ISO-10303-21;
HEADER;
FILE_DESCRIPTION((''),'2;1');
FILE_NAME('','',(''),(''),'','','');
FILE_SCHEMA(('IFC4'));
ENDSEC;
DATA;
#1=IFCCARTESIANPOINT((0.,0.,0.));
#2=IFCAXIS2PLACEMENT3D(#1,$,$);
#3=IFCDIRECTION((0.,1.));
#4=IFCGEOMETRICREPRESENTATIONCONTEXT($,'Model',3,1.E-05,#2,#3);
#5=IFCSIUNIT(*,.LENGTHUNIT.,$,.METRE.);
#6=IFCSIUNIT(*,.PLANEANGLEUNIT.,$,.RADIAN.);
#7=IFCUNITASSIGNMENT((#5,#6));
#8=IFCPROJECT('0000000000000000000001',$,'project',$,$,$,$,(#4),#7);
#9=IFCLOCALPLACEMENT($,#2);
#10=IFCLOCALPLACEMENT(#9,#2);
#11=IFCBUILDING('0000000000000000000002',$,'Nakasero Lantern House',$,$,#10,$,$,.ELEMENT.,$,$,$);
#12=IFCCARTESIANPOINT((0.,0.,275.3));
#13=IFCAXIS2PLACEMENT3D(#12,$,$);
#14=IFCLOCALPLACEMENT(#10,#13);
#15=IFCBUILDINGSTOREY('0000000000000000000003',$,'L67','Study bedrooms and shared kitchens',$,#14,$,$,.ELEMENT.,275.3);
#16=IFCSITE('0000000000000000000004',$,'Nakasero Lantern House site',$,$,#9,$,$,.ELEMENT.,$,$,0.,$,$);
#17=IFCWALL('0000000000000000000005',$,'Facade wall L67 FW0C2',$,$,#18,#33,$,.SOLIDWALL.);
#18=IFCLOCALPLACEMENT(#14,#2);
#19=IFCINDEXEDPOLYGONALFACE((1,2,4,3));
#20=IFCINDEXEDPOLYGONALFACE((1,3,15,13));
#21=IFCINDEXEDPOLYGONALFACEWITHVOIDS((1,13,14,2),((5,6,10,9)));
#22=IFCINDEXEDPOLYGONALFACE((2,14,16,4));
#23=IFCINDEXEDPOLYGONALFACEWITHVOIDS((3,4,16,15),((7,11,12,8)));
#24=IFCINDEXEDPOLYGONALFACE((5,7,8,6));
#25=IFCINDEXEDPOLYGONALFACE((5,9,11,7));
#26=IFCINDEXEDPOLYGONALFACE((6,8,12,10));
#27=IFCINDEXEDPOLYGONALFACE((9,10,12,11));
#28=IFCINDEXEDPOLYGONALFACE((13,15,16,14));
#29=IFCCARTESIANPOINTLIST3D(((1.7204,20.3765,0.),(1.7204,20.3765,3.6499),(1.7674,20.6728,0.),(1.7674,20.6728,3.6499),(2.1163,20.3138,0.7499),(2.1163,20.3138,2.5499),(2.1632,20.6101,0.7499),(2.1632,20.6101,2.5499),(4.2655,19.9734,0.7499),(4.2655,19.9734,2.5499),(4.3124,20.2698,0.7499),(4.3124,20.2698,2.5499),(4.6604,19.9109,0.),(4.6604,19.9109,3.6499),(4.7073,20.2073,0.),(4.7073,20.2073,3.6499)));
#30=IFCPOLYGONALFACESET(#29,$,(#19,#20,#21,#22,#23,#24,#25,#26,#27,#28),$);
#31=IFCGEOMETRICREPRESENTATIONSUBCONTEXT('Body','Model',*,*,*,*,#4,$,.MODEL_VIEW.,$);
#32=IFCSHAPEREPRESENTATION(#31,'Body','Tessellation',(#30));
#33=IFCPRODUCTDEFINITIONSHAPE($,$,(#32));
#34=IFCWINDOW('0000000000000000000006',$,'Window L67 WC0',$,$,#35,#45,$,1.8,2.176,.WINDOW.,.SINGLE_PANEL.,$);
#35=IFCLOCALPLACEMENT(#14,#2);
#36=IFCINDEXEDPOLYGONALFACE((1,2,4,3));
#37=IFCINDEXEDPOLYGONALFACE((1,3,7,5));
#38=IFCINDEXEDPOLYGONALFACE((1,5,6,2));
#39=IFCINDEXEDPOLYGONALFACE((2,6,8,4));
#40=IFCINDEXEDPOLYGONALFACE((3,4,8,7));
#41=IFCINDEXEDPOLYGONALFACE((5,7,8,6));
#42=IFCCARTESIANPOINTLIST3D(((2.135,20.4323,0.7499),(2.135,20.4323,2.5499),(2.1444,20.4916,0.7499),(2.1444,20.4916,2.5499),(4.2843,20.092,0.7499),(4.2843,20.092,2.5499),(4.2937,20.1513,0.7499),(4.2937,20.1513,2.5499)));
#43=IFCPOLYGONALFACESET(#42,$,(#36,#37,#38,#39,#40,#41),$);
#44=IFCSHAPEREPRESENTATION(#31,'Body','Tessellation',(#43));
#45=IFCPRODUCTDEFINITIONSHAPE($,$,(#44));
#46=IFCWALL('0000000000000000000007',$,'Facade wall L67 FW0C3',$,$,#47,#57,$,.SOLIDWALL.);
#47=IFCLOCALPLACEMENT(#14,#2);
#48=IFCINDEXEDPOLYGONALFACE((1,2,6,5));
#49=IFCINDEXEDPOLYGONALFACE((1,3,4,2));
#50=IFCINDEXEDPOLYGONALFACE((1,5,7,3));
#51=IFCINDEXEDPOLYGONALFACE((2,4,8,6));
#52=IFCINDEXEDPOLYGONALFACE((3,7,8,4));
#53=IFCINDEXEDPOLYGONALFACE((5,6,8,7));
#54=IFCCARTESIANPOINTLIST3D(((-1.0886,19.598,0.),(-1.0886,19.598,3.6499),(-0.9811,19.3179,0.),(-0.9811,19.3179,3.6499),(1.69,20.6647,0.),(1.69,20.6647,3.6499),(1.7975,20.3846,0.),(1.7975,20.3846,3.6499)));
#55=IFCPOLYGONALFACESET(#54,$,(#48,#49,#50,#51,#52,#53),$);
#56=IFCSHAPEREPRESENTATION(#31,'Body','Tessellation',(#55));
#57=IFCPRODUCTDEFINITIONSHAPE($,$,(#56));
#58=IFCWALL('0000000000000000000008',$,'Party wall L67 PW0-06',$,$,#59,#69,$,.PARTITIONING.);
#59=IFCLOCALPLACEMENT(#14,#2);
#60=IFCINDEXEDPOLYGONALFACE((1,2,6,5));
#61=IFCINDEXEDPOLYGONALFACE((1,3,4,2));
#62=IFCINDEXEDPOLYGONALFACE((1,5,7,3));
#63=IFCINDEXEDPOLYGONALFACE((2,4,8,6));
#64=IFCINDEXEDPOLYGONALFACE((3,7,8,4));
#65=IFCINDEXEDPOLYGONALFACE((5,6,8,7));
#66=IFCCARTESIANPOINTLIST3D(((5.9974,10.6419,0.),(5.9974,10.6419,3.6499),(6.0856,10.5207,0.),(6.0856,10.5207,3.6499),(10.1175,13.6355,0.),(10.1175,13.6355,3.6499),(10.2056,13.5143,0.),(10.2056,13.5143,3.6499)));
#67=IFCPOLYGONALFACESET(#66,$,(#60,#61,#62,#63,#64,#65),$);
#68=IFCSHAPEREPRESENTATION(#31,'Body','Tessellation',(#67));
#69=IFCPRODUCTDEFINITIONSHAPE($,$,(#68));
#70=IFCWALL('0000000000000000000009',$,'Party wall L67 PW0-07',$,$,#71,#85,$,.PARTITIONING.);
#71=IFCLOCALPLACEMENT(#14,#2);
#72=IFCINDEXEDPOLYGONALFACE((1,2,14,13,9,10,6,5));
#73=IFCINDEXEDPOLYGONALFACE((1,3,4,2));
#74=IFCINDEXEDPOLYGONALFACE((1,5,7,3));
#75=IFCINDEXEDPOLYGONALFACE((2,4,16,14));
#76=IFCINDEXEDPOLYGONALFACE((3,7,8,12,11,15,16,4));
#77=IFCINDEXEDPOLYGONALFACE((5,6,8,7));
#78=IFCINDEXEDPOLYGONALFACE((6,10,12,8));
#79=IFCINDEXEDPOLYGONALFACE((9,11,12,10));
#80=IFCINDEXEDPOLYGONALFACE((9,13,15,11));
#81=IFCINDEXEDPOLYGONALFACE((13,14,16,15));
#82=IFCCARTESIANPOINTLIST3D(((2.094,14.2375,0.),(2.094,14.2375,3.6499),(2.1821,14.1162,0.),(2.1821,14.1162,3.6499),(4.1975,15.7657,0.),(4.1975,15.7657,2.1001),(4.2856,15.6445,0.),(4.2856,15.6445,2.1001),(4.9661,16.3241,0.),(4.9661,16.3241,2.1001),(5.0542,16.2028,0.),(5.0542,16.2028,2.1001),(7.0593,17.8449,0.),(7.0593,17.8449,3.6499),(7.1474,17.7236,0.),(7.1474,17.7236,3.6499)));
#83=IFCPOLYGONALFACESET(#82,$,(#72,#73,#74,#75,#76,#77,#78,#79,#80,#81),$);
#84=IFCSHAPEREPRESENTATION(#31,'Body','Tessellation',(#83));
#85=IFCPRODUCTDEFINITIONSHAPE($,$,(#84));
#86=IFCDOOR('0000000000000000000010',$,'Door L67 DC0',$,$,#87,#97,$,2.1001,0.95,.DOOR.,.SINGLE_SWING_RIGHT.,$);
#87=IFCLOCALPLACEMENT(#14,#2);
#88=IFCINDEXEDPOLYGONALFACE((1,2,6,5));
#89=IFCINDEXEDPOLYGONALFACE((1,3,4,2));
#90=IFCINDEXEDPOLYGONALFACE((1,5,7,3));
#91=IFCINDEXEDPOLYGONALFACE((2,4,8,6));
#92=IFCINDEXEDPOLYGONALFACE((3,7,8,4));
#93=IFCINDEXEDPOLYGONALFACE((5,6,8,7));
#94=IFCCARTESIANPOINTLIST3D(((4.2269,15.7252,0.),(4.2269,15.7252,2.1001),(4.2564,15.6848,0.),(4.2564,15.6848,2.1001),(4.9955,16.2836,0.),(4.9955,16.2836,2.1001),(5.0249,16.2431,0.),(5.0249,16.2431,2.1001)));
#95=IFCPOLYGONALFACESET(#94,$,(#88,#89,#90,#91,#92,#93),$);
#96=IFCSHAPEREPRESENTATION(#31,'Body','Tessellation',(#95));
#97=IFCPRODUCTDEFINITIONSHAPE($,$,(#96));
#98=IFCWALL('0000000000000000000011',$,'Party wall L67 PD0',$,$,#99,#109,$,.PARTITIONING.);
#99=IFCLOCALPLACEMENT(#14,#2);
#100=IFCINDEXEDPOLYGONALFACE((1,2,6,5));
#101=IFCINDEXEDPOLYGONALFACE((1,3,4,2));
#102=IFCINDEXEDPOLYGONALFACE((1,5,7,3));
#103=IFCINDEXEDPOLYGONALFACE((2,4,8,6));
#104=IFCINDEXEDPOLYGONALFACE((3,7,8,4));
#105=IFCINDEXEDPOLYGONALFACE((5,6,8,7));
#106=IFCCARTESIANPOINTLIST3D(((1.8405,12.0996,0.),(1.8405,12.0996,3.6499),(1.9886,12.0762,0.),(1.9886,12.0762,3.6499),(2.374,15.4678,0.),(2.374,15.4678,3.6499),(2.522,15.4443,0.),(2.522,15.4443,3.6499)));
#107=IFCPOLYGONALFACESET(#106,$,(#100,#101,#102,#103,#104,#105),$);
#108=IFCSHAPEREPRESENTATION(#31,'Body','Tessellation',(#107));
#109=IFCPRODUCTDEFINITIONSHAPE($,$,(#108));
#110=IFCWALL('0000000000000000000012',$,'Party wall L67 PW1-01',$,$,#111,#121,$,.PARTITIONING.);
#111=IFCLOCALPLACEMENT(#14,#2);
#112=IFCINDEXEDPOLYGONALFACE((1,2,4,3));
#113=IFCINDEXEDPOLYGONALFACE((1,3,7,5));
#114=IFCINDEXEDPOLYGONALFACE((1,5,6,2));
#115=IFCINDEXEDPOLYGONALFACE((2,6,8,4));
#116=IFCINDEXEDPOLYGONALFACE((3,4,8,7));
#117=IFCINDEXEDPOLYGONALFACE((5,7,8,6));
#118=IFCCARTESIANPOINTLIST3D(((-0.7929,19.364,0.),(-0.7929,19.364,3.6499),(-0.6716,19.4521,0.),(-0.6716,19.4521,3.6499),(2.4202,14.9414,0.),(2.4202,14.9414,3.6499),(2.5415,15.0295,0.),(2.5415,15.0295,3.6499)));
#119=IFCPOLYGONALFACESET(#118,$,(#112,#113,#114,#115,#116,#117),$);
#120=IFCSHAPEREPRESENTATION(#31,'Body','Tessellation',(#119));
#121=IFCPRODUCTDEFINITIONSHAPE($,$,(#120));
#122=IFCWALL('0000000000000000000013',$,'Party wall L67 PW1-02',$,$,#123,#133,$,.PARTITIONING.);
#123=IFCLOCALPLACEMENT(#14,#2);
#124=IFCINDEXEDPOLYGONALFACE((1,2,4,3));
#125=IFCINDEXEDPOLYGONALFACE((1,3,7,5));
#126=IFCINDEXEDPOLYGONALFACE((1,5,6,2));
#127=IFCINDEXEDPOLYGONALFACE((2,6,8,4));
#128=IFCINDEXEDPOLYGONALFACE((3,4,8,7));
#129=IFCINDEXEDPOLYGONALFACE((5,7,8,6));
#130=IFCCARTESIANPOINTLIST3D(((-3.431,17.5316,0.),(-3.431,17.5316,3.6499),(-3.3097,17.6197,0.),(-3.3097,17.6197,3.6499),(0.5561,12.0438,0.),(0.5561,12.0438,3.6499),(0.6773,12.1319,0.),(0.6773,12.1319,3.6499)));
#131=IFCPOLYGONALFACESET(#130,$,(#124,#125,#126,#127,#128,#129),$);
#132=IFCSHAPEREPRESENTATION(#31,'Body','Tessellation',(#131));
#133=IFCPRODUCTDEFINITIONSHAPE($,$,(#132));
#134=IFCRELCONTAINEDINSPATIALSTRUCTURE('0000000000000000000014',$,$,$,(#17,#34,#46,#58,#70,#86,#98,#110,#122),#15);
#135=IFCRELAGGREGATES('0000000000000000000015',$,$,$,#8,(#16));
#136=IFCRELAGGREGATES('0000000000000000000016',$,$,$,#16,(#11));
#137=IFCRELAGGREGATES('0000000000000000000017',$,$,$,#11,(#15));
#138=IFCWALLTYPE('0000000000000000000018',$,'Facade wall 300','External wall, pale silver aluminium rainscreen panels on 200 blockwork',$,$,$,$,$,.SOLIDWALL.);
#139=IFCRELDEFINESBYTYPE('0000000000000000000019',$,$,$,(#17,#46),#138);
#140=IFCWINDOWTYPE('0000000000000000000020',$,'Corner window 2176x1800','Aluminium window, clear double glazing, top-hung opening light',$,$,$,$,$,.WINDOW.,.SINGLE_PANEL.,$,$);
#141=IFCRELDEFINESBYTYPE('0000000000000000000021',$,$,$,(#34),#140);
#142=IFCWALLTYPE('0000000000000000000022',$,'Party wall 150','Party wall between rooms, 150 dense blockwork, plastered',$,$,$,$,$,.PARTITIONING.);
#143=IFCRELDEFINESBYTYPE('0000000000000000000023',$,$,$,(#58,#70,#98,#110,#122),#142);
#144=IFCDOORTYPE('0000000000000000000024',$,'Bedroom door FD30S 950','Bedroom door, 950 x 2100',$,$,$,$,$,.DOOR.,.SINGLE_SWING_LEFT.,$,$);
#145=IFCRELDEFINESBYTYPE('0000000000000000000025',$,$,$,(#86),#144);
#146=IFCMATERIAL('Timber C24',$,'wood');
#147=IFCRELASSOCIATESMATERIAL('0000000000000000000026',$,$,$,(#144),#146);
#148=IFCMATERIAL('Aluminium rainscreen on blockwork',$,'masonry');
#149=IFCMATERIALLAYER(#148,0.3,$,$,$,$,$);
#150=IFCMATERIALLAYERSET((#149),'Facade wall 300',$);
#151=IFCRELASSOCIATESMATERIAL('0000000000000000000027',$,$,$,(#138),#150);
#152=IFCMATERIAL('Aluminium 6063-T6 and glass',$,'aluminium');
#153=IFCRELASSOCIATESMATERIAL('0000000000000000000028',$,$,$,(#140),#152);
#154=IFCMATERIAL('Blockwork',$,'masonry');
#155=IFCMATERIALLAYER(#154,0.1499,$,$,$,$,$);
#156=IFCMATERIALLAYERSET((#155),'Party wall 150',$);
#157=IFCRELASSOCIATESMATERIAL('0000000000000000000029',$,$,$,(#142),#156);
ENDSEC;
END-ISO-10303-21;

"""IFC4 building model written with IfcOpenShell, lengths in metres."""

from ifc_helpers import new_model, si_unit, direction, frame, frame_2d, origin, place, context, subcontext, project, spatial, rectangle, extrude, material, layer, layer_set, type_object, element, fill, save


model = new_model("IFC4")

# Units and contexts
model_context = context("Model", 3, precision=1e-05, world=origin(), true_north=direction((0.0, 1.0)))
body_context = subcontext(model_context, "Body", "Model", "MODEL_VIEW")
ifc_project = project(units=[si_unit("LENGTHUNIT", "METRE"), si_unit("PLANEANGLEUNIT", "RADIAN")], contexts=[model_context])

# Site, building, storey
site_placement = place(None, origin())
site = spatial("IfcSite", under=ifc_project, at=site_placement, Name="Nakasero Lantern House site", CompositionType="ELEMENT", RefElevation=0.0)
building_placement = place(site_placement, origin())
building = spatial("IfcBuilding", under=site, at=building_placement, Name="Nakasero Lantern House", CompositionType="ELEMENT")
storey_placement = place(building_placement, frame((0.0, 0.0, 275.3)))
storey = spatial("IfcBuildingStorey", under=building, at=storey_placement, Name="L67", Description="Study bedrooms and shared kitchens", CompositionType="ELEMENT", Elevation=275.3)

# Shared definitions
ifc_material_1 = material(Name="Timber C24", Category="wood")
door_type_1 = type_object("IfcDoorType", Name="Bedroom door FD30S 950", Description="Bedroom door, 950 x 2100", OperationType="SINGLE_SWING_LEFT", PredefinedType="DOOR", material=ifc_material_1)

# Wall, opening, window
ifc_material_2 = material(Name="Aluminium rainscreen on blockwork", Category="masonry")
ifc_layer_1 = layer(ifc_material_2, 0.3)
ifc_layer_set_1 = layer_set([ifc_layer_1], Name="Facade wall 300")
wall_type_1 = type_object("IfcWallType", Name="Facade wall 300", Description="External wall, pale silver aluminium rainscreen panels on 200 blockwork", PredefinedType="SOLIDWALL", material=ifc_layer_set_1)
wall_1_placement = place(storey_placement, frame((4.6838, 20.0591, 0.0), z_axis=(0.0, 0.0, 1.0), x_axis=(-0.987692, 0.156413, 0.0)))
wall_1 = element("IfcWall", 1, at=wall_1_placement, inside=storey, type_object=wall_type_1, Name="Facade wall L67 FW0C2", PredefinedType="SOLIDWALL", context=body_context, shape_type="SweptSolid", body=[
    extrude(rectangle(XDim=2.9766, YDim=0.3, at=frame_2d((1.4883, 0.0))), origin(), (0.0, 0.0, 1.0), 3.6499),
])
opening_1_placement = place(wall_1_placement, frame((0.3999, 0.0, 0.75)))
opening_1 = element("IfcOpeningElement", 2, at=opening_1_placement, cuts=wall_1, PredefinedType="OPENING", context=body_context, shape_type="SweptSolid", body=[
    extrude(rectangle(XDim=2.176, YDim=1.8, at=frame_2d((1.0879, 0.8999))), frame((0.0, 0.1699, 0.0), z_axis=(0.0, -1.0, 0.0), x_axis=(1.0, 0.0, 0.0)), (0.0, 0.0, 1.0), 0.3401),
])
ifc_material_3 = material(Name="Aluminium 6063-T6 and glass", Category="aluminium")
window_type = type_object("IfcWindowType", Name="Corner window 2176x1800", Description="Aluminium window, clear double glazing, top-hung opening light", PartitioningType="SINGLE_PANEL", PredefinedType="WINDOW", material=ifc_material_3)
window_placement = place(opening_1_placement, origin())
window = element("IfcWindow", 3, at=window_placement, inside=storey, type_object=window_type, Name="Window L67 WC0", OverallHeight=1.8, OverallWidth=2.176, PartitioningType="SINGLE_PANEL", PredefinedType="WINDOW", context=body_context, shape_type="SweptSolid", body=[
    extrude(rectangle(XDim=2.176, YDim=1.8, at=frame_2d((1.0879, 0.8999))), frame((0.0, 0.03, 0.0), z_axis=(0.0, -1.0, 0.0), x_axis=(1.0, 0.0, 0.0)), (0.0, 0.0, 1.0), 0.0601),
])
fill(opening_1, window)

# Walls
wall_2_placement = place(storey_placement, frame((1.7439, 20.5247, 0.0), z_axis=(0.0, 0.0, 1.0), x_axis=(-0.933574, -0.358385, 0.0)))
element("IfcWall", 4, at=wall_2_placement, inside=storey, type_object=wall_type_1, Name="Facade wall L67 FW0C3", PredefinedType="SOLIDWALL", context=body_context, shape_type="SweptSolid", body=[
    extrude(rectangle(XDim=2.9763, YDim=0.3, at=frame_2d((1.4883, 0.0))), origin(), (0.0, 0.0, 1.0), 3.6499),
])
ifc_material_4 = material(Name="Blockwork", Category="masonry")
ifc_layer_2 = layer(ifc_material_4, 0.1499)
ifc_layer_set_2 = layer_set([ifc_layer_2], Name="Party wall 150")
wall_type_2 = type_object("IfcWallType", Name="Party wall 150", Description="Party wall between rooms, 150 dense blockwork, plastered", PredefinedType="PARTITIONING", material=ifc_layer_set_2)
wall_3_placement = place(storey_placement, frame((6.0415, 10.5813, 0.0), z_axis=(0.0, 0.0, 1.0), x_axis=(0.808997, 0.587812, 0.0)))
element("IfcWall", 5, at=wall_3_placement, inside=storey, type_object=wall_type_2, Name="Party wall L67 PW0-06", PredefinedType="PARTITIONING", context=body_context, shape_type="SweptSolid", body=[
    extrude(rectangle(XDim=5.0928, YDim=0.1499, at=frame_2d((2.5464, 0.0))), origin(), (0.0, 0.0, 1.0), 3.6499),
])

# Wall, opening, door
wall_4_placement = place(storey_placement, frame((2.1379, 14.1768, 0.0), z_axis=(0.0, 0.0, 1.0), x_axis=(0.809025, 0.587774, 0.0)))
wall_4 = element("IfcWall", 6, at=wall_4_placement, inside=storey, type_object=wall_type_2, Name="Party wall L67 PW0-07", PredefinedType="PARTITIONING", context=body_context, shape_type="SweptSolid", body=[
    extrude(rectangle(XDim=6.1375, YDim=0.1499, at=frame_2d((3.0688, 0.0))), origin(), (0.0, 0.0, 1.0), 3.6499),
])
opening_2_placement = place(wall_4_placement, frame((2.6001, 0.0, 0.0)))
opening_2 = element("IfcOpeningElement", 7, at=opening_2_placement, cuts=wall_4, PredefinedType="OPENING", context=body_context, shape_type="SweptSolid", body=[
    extrude(rectangle(XDim=0.95, YDim=2.1001, at=frame_2d((0.4751, 1.05))), frame((0.0, 0.095, 0.0), z_axis=(0.0, -1.0, 0.0), x_axis=(1.0, 0.0, 0.0)), (0.0, 0.0, 1.0), 0.1899),
])
door_1_placement = place(opening_2_placement, origin())
door_1 = element("IfcDoor", 8, at=door_1_placement, inside=storey, type_object=door_type_1, Name="Door L67 DC0", OperationType="SINGLE_SWING_RIGHT", OverallHeight=2.1001, OverallWidth=0.95, PredefinedType="DOOR", context=body_context, shape_type="SweptSolid", body=[
    extrude(rectangle(XDim=0.95, YDim=2.1001, at=frame_2d((0.4751, 1.05))), frame((0.0, 0.0249, 0.0), z_axis=(0.0, -1.0, 0.0), x_axis=(1.0, 0.0, 0.0)), (0.0, 0.0, 1.0), 0.05),
])
fill(opening_2, door_1)

# Walls
wall_5_placement = place(storey_placement, frame((1.9146, 12.0879, 0.0), z_axis=(0.0, 0.0, 1.0), x_axis=(0.156429, 0.987689, 0.0)))
element("IfcWall", 9, at=wall_5_placement, inside=storey, type_object=wall_type_2, Name="Party wall L67 PD0", PredefinedType="PARTITIONING", context=body_context, shape_type="SweptSolid", body=[
    extrude(rectangle(XDim=3.4102, YDim=0.1499, at=frame_2d((1.7051, 0.0))), origin(), (0.0, 0.0, 1.0), 3.6499),
])
wall_6_placement = place(storey_placement, frame((2.481, 14.9854, 0.0), z_axis=(0.0, 0.0, 1.0), x_axis=(-0.587776, 0.809024, 0.0)))
element("IfcWall", 10, at=wall_6_placement, inside=storey, type_object=wall_type_2, Name="Party wall L67 PW1-01", PredefinedType="PARTITIONING", context=body_context, shape_type="SweptSolid", body=[
    extrude(rectangle(XDim=5.4666, YDim=0.1499, at=frame_2d((2.7334, 0.0))), origin(), (0.0, 0.0, 1.0), 3.6499),
])
wall_7_placement = place(storey_placement, frame((0.6167, 12.0879, 0.0), z_axis=(0.0, 0.0, 1.0), x_axis=(-0.58778, 0.809021, 0.0)))
element("IfcWall", 11, at=wall_7_placement, inside=storey, type_object=wall_type_2, Name="Party wall L67 PW1-02", PredefinedType="PARTITIONING", context=body_context, shape_type="SweptSolid", body=[
    extrude(rectangle(XDim=6.7832, YDim=0.1499, at=frame_2d((3.3916, 0.0))), origin(), (0.0, 0.0, 1.0), 3.6499),
])

save(model, "model.ifc")
